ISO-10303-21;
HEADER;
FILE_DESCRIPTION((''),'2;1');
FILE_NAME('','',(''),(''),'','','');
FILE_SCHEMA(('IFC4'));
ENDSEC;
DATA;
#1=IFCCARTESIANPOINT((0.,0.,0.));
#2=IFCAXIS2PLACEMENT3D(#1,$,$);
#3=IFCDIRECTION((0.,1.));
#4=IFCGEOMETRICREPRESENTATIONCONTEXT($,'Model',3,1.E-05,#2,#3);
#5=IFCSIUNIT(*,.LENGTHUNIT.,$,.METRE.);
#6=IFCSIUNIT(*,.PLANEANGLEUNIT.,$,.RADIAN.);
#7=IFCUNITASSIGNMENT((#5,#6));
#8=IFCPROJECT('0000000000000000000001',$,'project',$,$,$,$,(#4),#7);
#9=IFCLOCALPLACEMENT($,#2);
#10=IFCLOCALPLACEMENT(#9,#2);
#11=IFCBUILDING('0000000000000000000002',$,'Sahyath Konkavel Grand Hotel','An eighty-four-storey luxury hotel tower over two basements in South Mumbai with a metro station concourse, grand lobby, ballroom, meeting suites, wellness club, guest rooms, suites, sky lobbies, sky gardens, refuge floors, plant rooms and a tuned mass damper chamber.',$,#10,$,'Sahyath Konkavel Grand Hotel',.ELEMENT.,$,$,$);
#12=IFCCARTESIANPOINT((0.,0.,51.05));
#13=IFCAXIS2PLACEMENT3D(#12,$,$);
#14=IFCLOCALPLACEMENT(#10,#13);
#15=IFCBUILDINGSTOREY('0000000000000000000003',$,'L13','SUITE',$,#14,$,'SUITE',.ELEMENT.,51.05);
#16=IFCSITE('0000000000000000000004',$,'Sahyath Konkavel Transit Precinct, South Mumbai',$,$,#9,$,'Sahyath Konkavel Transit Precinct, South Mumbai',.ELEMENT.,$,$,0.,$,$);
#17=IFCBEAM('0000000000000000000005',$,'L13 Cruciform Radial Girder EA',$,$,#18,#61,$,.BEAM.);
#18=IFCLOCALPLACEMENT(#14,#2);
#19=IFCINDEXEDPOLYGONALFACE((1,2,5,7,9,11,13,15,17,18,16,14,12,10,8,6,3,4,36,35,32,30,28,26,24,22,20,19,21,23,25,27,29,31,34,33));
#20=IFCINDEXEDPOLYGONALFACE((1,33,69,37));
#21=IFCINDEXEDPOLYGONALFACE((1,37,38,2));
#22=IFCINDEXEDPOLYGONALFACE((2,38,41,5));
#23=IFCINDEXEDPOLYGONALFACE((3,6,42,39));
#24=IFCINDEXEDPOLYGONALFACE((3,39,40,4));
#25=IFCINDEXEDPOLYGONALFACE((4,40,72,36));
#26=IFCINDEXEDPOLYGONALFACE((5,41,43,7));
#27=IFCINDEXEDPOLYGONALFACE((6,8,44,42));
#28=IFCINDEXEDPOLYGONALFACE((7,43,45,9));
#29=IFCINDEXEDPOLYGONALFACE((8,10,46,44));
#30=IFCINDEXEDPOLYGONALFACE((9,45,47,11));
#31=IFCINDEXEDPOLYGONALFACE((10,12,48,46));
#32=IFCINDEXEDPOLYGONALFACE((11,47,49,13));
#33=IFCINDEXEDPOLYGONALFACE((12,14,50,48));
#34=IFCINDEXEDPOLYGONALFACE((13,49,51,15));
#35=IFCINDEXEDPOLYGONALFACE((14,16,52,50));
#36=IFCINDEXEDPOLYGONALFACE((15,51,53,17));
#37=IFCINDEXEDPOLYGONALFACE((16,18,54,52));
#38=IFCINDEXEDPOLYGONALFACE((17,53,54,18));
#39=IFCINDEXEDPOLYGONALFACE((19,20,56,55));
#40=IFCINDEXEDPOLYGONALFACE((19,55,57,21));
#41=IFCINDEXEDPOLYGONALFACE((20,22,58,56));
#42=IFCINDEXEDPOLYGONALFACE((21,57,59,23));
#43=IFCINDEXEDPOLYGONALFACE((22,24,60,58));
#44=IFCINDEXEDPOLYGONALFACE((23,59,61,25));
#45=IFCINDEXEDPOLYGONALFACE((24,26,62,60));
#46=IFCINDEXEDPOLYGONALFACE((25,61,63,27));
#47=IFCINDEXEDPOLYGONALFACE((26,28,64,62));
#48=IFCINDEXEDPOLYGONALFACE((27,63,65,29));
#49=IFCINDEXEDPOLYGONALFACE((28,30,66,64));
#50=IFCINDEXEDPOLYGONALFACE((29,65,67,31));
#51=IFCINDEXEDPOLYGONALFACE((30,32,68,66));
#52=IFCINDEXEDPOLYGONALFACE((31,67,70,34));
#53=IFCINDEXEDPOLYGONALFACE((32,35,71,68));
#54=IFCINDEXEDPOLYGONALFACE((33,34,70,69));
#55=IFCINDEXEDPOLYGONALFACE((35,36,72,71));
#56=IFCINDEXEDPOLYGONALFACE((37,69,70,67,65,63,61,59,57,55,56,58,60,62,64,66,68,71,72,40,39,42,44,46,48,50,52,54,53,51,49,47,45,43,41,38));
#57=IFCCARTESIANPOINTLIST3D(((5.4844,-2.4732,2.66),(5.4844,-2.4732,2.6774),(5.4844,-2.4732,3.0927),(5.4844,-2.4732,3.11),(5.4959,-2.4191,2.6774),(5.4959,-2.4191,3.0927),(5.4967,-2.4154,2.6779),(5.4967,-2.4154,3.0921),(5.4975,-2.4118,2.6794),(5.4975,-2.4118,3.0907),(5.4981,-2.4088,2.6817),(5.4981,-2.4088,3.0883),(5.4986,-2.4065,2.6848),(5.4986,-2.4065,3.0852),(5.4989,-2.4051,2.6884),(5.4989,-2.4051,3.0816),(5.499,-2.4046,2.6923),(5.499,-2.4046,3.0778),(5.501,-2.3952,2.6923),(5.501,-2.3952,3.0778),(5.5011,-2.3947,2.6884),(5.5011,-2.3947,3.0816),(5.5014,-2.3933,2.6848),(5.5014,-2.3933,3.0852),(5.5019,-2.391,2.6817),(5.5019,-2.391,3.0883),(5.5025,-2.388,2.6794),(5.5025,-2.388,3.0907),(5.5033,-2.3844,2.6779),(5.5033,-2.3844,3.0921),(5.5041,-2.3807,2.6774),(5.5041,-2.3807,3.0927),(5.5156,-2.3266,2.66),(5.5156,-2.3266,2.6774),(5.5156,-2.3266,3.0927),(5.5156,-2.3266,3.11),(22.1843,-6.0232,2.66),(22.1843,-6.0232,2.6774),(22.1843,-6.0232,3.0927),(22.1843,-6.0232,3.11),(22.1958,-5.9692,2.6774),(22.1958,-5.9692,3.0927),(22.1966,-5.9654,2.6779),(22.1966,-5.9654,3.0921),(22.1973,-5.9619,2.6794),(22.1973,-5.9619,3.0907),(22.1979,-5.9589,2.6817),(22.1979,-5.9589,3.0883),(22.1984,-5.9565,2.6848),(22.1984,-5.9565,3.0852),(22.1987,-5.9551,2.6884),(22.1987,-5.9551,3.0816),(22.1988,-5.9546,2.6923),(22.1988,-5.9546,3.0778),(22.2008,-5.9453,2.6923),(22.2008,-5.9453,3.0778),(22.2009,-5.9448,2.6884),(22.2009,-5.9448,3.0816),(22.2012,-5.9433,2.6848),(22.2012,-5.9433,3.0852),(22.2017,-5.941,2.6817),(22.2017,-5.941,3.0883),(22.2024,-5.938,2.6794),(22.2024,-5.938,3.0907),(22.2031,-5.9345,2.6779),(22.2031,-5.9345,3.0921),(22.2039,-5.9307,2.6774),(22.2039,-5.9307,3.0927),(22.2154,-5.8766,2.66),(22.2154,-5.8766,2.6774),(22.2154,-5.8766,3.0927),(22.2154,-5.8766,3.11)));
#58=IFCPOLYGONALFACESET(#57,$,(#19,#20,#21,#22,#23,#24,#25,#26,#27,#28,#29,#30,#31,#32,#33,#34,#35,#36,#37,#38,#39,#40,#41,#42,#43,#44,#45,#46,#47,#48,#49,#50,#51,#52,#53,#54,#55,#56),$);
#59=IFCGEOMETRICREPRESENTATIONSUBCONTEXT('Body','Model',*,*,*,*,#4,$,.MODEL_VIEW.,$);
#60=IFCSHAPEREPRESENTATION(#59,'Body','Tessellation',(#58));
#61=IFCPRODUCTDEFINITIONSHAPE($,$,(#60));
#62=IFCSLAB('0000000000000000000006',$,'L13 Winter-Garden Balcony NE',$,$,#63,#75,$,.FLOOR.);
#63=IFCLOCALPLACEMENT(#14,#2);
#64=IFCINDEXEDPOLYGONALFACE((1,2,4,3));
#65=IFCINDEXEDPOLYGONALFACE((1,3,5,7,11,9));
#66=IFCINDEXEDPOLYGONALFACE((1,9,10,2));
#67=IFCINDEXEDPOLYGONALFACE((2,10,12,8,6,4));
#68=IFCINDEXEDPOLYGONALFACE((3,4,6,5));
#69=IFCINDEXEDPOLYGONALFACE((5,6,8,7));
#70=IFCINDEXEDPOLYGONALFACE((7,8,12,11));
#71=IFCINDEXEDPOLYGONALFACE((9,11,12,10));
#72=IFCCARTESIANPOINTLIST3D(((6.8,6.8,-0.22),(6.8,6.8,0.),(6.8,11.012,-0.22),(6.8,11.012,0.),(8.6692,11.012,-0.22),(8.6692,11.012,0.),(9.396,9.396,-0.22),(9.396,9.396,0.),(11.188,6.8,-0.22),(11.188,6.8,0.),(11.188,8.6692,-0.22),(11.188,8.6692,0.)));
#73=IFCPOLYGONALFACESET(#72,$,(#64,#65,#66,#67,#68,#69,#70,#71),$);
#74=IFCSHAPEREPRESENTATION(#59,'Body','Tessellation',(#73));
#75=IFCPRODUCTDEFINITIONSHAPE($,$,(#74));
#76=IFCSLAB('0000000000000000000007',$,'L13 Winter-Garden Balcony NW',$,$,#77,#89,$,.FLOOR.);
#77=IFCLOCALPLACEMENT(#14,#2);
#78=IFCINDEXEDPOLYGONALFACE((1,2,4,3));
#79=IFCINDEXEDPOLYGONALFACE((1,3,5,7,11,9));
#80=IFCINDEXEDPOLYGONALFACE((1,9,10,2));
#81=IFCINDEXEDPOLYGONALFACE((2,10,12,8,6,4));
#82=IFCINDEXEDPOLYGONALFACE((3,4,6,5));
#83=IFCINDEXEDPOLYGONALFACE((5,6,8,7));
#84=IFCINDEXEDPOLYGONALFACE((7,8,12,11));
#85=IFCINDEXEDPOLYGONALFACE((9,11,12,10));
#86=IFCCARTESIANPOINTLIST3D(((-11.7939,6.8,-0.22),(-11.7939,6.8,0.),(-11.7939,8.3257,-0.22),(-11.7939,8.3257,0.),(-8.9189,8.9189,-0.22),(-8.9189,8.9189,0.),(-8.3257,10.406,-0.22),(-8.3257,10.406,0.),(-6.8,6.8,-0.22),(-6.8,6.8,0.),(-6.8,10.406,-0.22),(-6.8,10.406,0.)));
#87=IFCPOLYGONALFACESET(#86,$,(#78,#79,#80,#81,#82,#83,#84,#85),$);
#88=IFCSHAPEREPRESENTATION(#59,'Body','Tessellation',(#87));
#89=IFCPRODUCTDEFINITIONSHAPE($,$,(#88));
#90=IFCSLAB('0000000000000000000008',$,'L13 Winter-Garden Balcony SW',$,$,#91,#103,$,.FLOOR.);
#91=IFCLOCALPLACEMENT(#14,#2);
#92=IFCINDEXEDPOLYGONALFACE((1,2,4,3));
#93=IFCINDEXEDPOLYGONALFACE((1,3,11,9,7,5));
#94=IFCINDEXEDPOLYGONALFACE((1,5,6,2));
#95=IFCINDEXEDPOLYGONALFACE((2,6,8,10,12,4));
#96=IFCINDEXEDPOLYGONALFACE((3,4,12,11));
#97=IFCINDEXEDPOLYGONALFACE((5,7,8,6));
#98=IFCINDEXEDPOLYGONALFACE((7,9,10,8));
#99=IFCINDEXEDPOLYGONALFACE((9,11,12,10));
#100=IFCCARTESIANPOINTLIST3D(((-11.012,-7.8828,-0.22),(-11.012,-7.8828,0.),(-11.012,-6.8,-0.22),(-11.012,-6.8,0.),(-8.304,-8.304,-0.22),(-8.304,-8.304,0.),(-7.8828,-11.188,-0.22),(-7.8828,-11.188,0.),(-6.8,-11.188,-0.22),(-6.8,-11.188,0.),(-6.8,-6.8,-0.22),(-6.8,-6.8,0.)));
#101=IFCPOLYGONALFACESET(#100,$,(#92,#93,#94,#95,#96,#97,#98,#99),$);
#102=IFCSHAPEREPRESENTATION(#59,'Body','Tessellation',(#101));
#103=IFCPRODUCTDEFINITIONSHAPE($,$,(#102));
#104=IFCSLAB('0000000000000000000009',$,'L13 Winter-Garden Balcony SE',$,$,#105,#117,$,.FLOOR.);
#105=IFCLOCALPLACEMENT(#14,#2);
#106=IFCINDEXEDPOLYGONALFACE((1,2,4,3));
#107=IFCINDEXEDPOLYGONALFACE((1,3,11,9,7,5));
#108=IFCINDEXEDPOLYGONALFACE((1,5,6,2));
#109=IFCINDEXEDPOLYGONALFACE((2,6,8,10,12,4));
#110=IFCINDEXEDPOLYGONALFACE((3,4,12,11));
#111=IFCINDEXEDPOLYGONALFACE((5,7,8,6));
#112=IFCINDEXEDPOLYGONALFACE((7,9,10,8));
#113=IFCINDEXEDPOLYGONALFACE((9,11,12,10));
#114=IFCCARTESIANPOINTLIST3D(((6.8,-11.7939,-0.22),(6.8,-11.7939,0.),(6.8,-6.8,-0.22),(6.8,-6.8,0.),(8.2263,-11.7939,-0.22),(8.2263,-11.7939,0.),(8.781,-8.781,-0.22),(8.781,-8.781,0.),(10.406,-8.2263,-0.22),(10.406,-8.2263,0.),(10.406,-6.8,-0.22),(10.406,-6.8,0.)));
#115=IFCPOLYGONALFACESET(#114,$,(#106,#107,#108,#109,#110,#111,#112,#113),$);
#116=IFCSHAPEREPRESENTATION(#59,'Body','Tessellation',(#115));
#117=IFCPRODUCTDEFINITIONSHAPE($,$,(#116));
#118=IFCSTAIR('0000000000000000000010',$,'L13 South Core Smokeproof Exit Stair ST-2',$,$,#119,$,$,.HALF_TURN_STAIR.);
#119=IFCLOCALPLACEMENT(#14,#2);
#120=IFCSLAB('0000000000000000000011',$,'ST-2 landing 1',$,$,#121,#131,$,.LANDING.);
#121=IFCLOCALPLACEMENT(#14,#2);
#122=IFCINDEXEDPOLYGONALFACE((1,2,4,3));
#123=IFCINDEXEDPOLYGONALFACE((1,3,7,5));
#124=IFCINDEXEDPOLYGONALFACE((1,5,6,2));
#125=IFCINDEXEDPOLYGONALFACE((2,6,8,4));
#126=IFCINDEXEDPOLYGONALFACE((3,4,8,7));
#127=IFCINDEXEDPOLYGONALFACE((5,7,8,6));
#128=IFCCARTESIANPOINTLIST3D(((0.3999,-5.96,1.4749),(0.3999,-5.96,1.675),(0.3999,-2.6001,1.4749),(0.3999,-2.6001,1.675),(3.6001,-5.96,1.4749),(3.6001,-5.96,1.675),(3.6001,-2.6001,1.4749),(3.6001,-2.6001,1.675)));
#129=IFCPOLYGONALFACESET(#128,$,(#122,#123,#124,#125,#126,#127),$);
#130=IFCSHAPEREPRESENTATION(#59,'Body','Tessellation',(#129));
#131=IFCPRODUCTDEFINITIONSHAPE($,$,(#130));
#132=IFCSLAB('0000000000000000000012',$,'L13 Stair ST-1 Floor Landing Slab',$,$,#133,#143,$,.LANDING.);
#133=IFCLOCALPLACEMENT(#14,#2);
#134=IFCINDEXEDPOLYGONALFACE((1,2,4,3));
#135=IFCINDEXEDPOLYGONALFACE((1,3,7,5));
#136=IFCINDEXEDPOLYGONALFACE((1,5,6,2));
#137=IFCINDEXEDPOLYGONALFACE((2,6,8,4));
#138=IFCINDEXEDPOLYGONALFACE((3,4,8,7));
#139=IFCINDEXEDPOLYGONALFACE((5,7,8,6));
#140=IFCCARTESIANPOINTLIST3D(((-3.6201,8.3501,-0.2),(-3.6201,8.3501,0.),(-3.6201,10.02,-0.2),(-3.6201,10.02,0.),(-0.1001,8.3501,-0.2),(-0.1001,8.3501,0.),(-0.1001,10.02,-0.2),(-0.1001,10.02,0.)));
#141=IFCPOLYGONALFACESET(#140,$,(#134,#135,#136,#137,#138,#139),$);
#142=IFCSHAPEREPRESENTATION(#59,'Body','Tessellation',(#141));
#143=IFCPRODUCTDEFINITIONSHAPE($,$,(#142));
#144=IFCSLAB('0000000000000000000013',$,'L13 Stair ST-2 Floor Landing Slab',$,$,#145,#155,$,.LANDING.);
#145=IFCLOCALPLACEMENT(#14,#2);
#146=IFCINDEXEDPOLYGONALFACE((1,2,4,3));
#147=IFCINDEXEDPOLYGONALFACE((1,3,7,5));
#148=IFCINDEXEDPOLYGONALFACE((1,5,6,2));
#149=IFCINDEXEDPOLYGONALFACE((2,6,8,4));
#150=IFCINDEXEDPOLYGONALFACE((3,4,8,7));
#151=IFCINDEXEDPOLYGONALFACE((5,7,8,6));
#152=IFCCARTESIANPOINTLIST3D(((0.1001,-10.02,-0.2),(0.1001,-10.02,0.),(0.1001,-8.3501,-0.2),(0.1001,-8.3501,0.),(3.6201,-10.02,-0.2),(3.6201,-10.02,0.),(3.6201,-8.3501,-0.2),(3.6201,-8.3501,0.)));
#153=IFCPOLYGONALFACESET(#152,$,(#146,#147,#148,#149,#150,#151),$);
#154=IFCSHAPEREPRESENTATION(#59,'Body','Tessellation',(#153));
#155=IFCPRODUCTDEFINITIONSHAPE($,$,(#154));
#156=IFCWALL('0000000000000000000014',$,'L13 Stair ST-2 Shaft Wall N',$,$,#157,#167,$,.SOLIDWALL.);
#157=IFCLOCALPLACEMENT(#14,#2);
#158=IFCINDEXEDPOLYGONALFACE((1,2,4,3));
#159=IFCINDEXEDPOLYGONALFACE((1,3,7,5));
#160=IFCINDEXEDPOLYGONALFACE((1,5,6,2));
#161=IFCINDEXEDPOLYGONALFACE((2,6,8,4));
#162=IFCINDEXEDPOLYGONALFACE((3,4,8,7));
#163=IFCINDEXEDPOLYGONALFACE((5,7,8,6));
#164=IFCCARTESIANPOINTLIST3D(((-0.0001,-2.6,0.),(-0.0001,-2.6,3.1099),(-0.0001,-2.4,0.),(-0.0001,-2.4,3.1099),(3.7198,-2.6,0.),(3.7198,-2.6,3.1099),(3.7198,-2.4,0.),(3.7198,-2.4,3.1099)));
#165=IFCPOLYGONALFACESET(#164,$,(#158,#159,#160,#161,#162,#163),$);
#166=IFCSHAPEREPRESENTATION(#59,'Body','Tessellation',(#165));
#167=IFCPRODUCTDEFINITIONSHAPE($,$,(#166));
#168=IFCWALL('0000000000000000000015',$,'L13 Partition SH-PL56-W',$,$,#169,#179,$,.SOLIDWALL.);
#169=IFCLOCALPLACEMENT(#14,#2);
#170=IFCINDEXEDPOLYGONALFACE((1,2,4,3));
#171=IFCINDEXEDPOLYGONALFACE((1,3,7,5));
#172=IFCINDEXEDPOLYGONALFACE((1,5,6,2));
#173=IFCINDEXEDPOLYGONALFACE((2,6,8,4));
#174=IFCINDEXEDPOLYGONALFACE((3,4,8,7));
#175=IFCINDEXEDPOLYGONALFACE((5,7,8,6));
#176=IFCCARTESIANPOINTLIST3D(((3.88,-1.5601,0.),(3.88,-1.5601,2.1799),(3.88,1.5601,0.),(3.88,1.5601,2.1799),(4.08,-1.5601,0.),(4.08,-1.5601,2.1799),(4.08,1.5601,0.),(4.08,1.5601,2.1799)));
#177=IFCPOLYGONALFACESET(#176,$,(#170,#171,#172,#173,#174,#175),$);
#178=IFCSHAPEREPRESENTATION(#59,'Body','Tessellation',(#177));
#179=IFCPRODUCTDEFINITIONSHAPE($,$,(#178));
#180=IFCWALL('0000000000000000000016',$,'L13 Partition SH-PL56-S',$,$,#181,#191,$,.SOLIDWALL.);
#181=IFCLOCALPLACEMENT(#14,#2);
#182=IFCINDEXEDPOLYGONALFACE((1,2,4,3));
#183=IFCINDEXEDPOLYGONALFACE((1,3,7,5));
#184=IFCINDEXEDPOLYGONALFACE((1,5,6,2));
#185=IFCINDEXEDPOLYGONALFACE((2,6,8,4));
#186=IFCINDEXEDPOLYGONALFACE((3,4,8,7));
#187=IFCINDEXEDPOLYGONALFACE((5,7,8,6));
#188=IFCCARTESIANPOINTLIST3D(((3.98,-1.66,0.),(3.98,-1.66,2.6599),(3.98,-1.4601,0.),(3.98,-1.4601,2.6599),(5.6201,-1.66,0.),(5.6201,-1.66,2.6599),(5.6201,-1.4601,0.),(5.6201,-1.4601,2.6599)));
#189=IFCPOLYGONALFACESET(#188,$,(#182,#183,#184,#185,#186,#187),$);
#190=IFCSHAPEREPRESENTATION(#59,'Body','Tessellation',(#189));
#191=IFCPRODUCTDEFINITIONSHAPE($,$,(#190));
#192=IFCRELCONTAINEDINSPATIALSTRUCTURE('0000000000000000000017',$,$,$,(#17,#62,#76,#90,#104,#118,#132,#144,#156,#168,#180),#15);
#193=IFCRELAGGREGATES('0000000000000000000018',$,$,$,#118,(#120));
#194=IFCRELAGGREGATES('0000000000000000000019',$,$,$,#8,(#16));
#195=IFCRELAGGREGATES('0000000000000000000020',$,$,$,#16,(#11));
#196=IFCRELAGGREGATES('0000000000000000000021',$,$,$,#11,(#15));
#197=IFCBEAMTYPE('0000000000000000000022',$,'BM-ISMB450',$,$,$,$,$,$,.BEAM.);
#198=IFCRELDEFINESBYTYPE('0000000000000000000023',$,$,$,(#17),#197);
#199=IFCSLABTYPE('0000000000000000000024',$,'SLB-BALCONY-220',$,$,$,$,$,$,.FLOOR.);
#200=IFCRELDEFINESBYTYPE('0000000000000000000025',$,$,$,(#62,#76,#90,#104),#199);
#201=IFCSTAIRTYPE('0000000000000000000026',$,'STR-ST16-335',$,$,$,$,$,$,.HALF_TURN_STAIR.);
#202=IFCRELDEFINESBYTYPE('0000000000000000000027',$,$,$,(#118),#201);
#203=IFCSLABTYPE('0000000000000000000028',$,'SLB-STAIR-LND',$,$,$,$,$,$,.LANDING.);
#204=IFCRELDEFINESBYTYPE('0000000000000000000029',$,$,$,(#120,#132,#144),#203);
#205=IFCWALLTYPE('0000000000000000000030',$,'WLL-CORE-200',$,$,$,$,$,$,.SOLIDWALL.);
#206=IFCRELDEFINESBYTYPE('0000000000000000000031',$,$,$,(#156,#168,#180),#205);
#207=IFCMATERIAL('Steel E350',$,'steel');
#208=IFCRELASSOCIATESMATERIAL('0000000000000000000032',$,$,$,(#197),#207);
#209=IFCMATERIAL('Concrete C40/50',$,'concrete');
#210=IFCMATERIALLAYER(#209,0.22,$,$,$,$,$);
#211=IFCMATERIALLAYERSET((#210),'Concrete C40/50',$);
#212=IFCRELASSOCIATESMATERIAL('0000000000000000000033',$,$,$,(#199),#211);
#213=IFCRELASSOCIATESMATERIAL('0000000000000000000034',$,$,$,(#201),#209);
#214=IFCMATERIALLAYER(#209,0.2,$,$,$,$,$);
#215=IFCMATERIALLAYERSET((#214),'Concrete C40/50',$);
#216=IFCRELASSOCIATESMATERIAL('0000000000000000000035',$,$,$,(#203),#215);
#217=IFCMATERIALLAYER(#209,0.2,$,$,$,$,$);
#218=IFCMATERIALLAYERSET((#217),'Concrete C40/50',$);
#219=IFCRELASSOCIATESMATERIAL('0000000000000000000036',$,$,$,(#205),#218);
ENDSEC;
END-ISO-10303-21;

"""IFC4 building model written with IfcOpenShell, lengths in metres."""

from ifc_helpers import new_model, si_unit, direction, frame, frame_2d, origin, origin_2d, place, context, subcontext, project, spatial, polyline, rectangle, i_section, outline, extrude, source, transform, mapped, material, layer, layer_set, material_profile, profile_set, type_object, element, aggregate, save


model = new_model("IFC4")

# Units and contexts
model_context = context("Model", 3, precision=1e-05, world=origin(), true_north=direction((0.0, 1.0)))
body_context = subcontext(model_context, "Body", "Model", "MODEL_VIEW")
ifc_project = project(units=[si_unit("LENGTHUNIT", "METRE"), si_unit("PLANEANGLEUNIT", "RADIAN")], contexts=[model_context])

# Site, building, storey
site_placement = place(None, origin())
site = spatial("IfcSite", under=ifc_project, at=site_placement, Name="Sahyath Konkavel Transit Precinct, South Mumbai", LongName="Sahyath Konkavel Transit Precinct, South Mumbai", CompositionType="ELEMENT", RefElevation=0.0)
building_placement = place(site_placement, origin())
building = spatial("IfcBuilding", under=site, at=building_placement, Name="Sahyath Konkavel Grand Hotel", Description="An eighty-four-storey luxury hotel tower over two basements in South Mumbai with a metro station concourse, grand lobby, ballroom, meeting suites, wellness club, guest rooms, suites, sky lobbies, sky gardens, refuge floors, plant rooms and a tuned mass damper chamber.", LongName="Sahyath Konkavel Grand Hotel", CompositionType="ELEMENT")
storey_placement = place(building_placement, frame((0.0, 0.0, 51.05)))
storey = spatial("IfcBuildingStorey", under=building, at=storey_placement, Name="L13", Description="SUITE", LongName="SUITE", CompositionType="ELEMENT", Elevation=51.05)

# Beam
ifc_material_1 = material(Name="Steel E350", Category="steel")
ifc_material_profile_1 = material_profile(ifc_material_1, i_section(OverallWidth=0.1499, OverallDepth=0.45, WebThickness=0.0095, FlangeThickness=0.0173, FilletRadius=0.0149, at=origin_2d()), Name="ISMB 450")
ifc_profile_set_1 = profile_set([ifc_material_profile_1], Name="Steel E350")
beam_type_1 = type_object("IfcBeamType", Name="BM-ISMB450", PredefinedType="BEAM", material=ifc_profile_set_1)
shared_shape_1 = source(origin(), body_context, "Body", "SweptSolid", [
    extrude(i_section(OverallWidth=0.1499, OverallDepth=0.45, WebThickness=0.0095, FlangeThickness=0.0173, FilletRadius=0.0149, at=origin_2d()), origin(), (0.0, 0.0, 1.0), 17.073),
])
beam_1_placement = place(storey_placement, frame((5.5, -2.3999, 2.885), z_axis=(0.978143, -0.207932, 0.0), x_axis=(0.207932, 0.978143, 0.0)))
element("IfcBeam", 1, at=beam_1_placement, inside=storey, type_object=beam_type_1, Name="L13 Cruciform Radial Girder EA", PredefinedType="BEAM", context=body_context, shape_type="MappedRepresentation", body=[
    mapped(shared_shape_1, transform((0.0, 0.0, 0.0), scale=1.0)),
])

# Slabs
ifc_material_2 = material(Name="Concrete C40/50", Category="concrete")
ifc_layer_1 = layer(ifc_material_2, 0.22)
ifc_layer_set_1 = layer_set([ifc_layer_1], Name="Concrete C40/50")
slab_type_1 = type_object("IfcSlabType", Name="SLB-BALCONY-220", PredefinedType="FLOOR", material=ifc_layer_set_1)
slab_1_placement = place(storey_placement, frame((0.0, 0.0, -0.22)))
element("IfcSlab", 2, at=slab_1_placement, inside=storey, type_object=slab_type_1, Name="L13 Winter-Garden Balcony NE", PredefinedType="FLOOR", context=body_context, shape_type="SweptSolid", body=[
    extrude(outline(polyline([(6.8, 6.8), (11.188, 6.8), (11.188, 8.6692), (9.396, 9.396), (8.6692, 11.012), (6.8, 11.012), (6.8, 6.8)])), origin(), (0.0, 0.0, 1.0), 0.22),
])
slab_2_placement = place(storey_placement, frame((0.0, 0.0, -0.22)))
element("IfcSlab", 3, at=slab_2_placement, inside=storey, type_object=slab_type_1, Name="L13 Winter-Garden Balcony NW", PredefinedType="FLOOR", context=body_context, shape_type="SweptSolid", body=[
    extrude(outline(polyline([(-6.8, 6.8), (-6.8, 10.406), (-8.3257, 10.406), (-8.9189, 8.9189), (-11.7939, 8.3257), (-11.7939, 6.8), (-6.8, 6.8)])), origin(), (0.0, 0.0, 1.0), 0.22),
])
slab_3_placement = place(storey_placement, frame((0.0, 0.0, -0.22)))
element("IfcSlab", 4, at=slab_3_placement, inside=storey, type_object=slab_type_1, Name="L13 Winter-Garden Balcony SW", PredefinedType="FLOOR", context=body_context, shape_type="SweptSolid", body=[
    extrude(outline(polyline([(-6.8, -6.8), (-11.012, -6.8), (-11.012, -7.8828), (-8.304, -8.304), (-7.8828, -11.188), (-6.8, -11.188), (-6.8, -6.8)])), origin(), (0.0, 0.0, 1.0), 0.22),
])
slab_4_placement = place(storey_placement, frame((0.0, 0.0, -0.22)))
element("IfcSlab", 5, at=slab_4_placement, inside=storey, type_object=slab_type_1, Name="L13 Winter-Garden Balcony SE", PredefinedType="FLOOR", context=body_context, shape_type="SweptSolid", body=[
    extrude(outline(polyline([(6.8, -6.8), (6.8, -11.7939), (8.2263, -11.7939), (8.781, -8.781), (10.406, -8.2263), (10.406, -6.8), (6.8, -6.8)])), origin(), (0.0, 0.0, 1.0), 0.22),
])

# Stair, slab
stair_type = type_object("IfcStairType", Name="STR-ST16-335", PredefinedType="HALF_TURN_STAIR", material=ifc_material_2)
stair_placement = place(storey_placement, origin())
stair = element("IfcStair", 6, at=stair_placement, inside=storey, type_object=stair_type, Name="L13 South Core Smokeproof Exit Stair ST-2", PredefinedType="HALF_TURN_STAIR")
ifc_layer_2 = layer(ifc_material_2, 0.2)
ifc_layer_set_2 = layer_set([ifc_layer_2], Name="Concrete C40/50")
slab_type_2 = type_object("IfcSlabType", Name="SLB-STAIR-LND", PredefinedType="LANDING", material=ifc_layer_set_2)
slab_5_placement = place(storey_placement, frame((0.0, 0.0, 1.4749)))
slab_5 = element("IfcSlab", 7, at=slab_5_placement, type_object=slab_type_2, Name="ST-2 landing 1", PredefinedType="LANDING", context=body_context, shape_type="SweptSolid", body=[
    extrude(outline(polyline([(3.6001, -5.96), (3.6001, -2.6001), (0.3999, -2.6001), (0.3999, -5.96), (3.6001, -5.96)])), origin(), (0.0, 0.0, 1.0), 0.2002),
])

# Slabs
slab_6_placement = place(storey_placement, frame((0.0, 0.0, -0.2)))
element("IfcSlab", 8, at=slab_6_placement, inside=storey, type_object=slab_type_2, Name="L13 Stair ST-1 Floor Landing Slab", PredefinedType="LANDING", context=body_context, shape_type="SweptSolid", body=[
    extrude(outline(polyline([(-3.6201, 8.3501), (-0.1001, 8.3501), (-0.1001, 10.02), (-3.6201, 10.02), (-3.6201, 8.3501)])), origin(), (0.0, 0.0, 1.0), 0.2),
])
slab_7_placement = place(storey_placement, frame((0.0, 0.0, -0.2)))
element("IfcSlab", 9, at=slab_7_placement, inside=storey, type_object=slab_type_2, Name="L13 Stair ST-2 Floor Landing Slab", PredefinedType="LANDING", context=body_context, shape_type="SweptSolid", body=[
    extrude(outline(polyline([(0.1001, -10.02), (3.6201, -10.02), (3.6201, -8.3501), (0.1001, -8.3501), (0.1001, -10.02)])), origin(), (0.0, 0.0, 1.0), 0.2),
])

# Walls
ifc_layer_3 = layer(ifc_material_2, 0.2)
ifc_layer_set_3 = layer_set([ifc_layer_3], Name="Concrete C40/50")
wall_type_1 = type_object("IfcWallType", Name="WLL-CORE-200", PredefinedType="SOLIDWALL", material=ifc_layer_set_3)
wall_1_placement = place(storey_placement, frame((0.0, -2.5, 0.0), z_axis=(0.0, 0.0, 1.0), x_axis=(1.0, 0.0, 0.0)))
element("IfcWall", 10, at=wall_1_placement, inside=storey, type_object=wall_type_1, Name="L13 Stair ST-2 Shaft Wall N", PredefinedType="SOLIDWALL", context=body_context, shape_type="SweptSolid", body=[
    extrude(rectangle(XDim=3.72, YDim=0.2, at=frame_2d((1.8599, 0.0))), origin(), (0.0, 0.0, 1.0), 3.1099),
])
wall_2_placement = place(storey_placement, frame((3.98, -1.5601, 0.0), z_axis=(0.0, 0.0, 1.0), x_axis=(0.0, 1.0, 0.0)))
element("IfcWall", 11, at=wall_2_placement, inside=storey, type_object=wall_type_1, Name="L13 Partition SH-PL56-W", PredefinedType="SOLIDWALL", context=body_context, shape_type="SweptSolid", body=[
    extrude(rectangle(XDim=3.1201, YDim=0.2, at=frame_2d((1.5601, 0.0))), origin(), (0.0, 0.0, 1.0), 2.1799),
])
for number, where, z_axis, x_axis, name in (
    (12, (3.98, -1.5601, 0.0), (0.0, 0.0, 1.0), (1.0, 0.0, 0.0), "L13 Partition SH-PL56-S"),
):
    element("IfcWall", number, at=place(storey_placement, frame(where, z_axis=z_axis, x_axis=x_axis)), inside=storey, type_object=wall_type_1, Name=name, PredefinedType="SOLIDWALL", context=body_context, shape_type="SweptSolid", body=[
        extrude(rectangle(XDim=1.6401, YDim=0.2, at=frame_2d((0.8201, 0.0))), origin(), (0.0, 0.0, 1.0), 2.6599),
    ])

aggregate(stair, [slab_5])

save(model, "model.ifc")
